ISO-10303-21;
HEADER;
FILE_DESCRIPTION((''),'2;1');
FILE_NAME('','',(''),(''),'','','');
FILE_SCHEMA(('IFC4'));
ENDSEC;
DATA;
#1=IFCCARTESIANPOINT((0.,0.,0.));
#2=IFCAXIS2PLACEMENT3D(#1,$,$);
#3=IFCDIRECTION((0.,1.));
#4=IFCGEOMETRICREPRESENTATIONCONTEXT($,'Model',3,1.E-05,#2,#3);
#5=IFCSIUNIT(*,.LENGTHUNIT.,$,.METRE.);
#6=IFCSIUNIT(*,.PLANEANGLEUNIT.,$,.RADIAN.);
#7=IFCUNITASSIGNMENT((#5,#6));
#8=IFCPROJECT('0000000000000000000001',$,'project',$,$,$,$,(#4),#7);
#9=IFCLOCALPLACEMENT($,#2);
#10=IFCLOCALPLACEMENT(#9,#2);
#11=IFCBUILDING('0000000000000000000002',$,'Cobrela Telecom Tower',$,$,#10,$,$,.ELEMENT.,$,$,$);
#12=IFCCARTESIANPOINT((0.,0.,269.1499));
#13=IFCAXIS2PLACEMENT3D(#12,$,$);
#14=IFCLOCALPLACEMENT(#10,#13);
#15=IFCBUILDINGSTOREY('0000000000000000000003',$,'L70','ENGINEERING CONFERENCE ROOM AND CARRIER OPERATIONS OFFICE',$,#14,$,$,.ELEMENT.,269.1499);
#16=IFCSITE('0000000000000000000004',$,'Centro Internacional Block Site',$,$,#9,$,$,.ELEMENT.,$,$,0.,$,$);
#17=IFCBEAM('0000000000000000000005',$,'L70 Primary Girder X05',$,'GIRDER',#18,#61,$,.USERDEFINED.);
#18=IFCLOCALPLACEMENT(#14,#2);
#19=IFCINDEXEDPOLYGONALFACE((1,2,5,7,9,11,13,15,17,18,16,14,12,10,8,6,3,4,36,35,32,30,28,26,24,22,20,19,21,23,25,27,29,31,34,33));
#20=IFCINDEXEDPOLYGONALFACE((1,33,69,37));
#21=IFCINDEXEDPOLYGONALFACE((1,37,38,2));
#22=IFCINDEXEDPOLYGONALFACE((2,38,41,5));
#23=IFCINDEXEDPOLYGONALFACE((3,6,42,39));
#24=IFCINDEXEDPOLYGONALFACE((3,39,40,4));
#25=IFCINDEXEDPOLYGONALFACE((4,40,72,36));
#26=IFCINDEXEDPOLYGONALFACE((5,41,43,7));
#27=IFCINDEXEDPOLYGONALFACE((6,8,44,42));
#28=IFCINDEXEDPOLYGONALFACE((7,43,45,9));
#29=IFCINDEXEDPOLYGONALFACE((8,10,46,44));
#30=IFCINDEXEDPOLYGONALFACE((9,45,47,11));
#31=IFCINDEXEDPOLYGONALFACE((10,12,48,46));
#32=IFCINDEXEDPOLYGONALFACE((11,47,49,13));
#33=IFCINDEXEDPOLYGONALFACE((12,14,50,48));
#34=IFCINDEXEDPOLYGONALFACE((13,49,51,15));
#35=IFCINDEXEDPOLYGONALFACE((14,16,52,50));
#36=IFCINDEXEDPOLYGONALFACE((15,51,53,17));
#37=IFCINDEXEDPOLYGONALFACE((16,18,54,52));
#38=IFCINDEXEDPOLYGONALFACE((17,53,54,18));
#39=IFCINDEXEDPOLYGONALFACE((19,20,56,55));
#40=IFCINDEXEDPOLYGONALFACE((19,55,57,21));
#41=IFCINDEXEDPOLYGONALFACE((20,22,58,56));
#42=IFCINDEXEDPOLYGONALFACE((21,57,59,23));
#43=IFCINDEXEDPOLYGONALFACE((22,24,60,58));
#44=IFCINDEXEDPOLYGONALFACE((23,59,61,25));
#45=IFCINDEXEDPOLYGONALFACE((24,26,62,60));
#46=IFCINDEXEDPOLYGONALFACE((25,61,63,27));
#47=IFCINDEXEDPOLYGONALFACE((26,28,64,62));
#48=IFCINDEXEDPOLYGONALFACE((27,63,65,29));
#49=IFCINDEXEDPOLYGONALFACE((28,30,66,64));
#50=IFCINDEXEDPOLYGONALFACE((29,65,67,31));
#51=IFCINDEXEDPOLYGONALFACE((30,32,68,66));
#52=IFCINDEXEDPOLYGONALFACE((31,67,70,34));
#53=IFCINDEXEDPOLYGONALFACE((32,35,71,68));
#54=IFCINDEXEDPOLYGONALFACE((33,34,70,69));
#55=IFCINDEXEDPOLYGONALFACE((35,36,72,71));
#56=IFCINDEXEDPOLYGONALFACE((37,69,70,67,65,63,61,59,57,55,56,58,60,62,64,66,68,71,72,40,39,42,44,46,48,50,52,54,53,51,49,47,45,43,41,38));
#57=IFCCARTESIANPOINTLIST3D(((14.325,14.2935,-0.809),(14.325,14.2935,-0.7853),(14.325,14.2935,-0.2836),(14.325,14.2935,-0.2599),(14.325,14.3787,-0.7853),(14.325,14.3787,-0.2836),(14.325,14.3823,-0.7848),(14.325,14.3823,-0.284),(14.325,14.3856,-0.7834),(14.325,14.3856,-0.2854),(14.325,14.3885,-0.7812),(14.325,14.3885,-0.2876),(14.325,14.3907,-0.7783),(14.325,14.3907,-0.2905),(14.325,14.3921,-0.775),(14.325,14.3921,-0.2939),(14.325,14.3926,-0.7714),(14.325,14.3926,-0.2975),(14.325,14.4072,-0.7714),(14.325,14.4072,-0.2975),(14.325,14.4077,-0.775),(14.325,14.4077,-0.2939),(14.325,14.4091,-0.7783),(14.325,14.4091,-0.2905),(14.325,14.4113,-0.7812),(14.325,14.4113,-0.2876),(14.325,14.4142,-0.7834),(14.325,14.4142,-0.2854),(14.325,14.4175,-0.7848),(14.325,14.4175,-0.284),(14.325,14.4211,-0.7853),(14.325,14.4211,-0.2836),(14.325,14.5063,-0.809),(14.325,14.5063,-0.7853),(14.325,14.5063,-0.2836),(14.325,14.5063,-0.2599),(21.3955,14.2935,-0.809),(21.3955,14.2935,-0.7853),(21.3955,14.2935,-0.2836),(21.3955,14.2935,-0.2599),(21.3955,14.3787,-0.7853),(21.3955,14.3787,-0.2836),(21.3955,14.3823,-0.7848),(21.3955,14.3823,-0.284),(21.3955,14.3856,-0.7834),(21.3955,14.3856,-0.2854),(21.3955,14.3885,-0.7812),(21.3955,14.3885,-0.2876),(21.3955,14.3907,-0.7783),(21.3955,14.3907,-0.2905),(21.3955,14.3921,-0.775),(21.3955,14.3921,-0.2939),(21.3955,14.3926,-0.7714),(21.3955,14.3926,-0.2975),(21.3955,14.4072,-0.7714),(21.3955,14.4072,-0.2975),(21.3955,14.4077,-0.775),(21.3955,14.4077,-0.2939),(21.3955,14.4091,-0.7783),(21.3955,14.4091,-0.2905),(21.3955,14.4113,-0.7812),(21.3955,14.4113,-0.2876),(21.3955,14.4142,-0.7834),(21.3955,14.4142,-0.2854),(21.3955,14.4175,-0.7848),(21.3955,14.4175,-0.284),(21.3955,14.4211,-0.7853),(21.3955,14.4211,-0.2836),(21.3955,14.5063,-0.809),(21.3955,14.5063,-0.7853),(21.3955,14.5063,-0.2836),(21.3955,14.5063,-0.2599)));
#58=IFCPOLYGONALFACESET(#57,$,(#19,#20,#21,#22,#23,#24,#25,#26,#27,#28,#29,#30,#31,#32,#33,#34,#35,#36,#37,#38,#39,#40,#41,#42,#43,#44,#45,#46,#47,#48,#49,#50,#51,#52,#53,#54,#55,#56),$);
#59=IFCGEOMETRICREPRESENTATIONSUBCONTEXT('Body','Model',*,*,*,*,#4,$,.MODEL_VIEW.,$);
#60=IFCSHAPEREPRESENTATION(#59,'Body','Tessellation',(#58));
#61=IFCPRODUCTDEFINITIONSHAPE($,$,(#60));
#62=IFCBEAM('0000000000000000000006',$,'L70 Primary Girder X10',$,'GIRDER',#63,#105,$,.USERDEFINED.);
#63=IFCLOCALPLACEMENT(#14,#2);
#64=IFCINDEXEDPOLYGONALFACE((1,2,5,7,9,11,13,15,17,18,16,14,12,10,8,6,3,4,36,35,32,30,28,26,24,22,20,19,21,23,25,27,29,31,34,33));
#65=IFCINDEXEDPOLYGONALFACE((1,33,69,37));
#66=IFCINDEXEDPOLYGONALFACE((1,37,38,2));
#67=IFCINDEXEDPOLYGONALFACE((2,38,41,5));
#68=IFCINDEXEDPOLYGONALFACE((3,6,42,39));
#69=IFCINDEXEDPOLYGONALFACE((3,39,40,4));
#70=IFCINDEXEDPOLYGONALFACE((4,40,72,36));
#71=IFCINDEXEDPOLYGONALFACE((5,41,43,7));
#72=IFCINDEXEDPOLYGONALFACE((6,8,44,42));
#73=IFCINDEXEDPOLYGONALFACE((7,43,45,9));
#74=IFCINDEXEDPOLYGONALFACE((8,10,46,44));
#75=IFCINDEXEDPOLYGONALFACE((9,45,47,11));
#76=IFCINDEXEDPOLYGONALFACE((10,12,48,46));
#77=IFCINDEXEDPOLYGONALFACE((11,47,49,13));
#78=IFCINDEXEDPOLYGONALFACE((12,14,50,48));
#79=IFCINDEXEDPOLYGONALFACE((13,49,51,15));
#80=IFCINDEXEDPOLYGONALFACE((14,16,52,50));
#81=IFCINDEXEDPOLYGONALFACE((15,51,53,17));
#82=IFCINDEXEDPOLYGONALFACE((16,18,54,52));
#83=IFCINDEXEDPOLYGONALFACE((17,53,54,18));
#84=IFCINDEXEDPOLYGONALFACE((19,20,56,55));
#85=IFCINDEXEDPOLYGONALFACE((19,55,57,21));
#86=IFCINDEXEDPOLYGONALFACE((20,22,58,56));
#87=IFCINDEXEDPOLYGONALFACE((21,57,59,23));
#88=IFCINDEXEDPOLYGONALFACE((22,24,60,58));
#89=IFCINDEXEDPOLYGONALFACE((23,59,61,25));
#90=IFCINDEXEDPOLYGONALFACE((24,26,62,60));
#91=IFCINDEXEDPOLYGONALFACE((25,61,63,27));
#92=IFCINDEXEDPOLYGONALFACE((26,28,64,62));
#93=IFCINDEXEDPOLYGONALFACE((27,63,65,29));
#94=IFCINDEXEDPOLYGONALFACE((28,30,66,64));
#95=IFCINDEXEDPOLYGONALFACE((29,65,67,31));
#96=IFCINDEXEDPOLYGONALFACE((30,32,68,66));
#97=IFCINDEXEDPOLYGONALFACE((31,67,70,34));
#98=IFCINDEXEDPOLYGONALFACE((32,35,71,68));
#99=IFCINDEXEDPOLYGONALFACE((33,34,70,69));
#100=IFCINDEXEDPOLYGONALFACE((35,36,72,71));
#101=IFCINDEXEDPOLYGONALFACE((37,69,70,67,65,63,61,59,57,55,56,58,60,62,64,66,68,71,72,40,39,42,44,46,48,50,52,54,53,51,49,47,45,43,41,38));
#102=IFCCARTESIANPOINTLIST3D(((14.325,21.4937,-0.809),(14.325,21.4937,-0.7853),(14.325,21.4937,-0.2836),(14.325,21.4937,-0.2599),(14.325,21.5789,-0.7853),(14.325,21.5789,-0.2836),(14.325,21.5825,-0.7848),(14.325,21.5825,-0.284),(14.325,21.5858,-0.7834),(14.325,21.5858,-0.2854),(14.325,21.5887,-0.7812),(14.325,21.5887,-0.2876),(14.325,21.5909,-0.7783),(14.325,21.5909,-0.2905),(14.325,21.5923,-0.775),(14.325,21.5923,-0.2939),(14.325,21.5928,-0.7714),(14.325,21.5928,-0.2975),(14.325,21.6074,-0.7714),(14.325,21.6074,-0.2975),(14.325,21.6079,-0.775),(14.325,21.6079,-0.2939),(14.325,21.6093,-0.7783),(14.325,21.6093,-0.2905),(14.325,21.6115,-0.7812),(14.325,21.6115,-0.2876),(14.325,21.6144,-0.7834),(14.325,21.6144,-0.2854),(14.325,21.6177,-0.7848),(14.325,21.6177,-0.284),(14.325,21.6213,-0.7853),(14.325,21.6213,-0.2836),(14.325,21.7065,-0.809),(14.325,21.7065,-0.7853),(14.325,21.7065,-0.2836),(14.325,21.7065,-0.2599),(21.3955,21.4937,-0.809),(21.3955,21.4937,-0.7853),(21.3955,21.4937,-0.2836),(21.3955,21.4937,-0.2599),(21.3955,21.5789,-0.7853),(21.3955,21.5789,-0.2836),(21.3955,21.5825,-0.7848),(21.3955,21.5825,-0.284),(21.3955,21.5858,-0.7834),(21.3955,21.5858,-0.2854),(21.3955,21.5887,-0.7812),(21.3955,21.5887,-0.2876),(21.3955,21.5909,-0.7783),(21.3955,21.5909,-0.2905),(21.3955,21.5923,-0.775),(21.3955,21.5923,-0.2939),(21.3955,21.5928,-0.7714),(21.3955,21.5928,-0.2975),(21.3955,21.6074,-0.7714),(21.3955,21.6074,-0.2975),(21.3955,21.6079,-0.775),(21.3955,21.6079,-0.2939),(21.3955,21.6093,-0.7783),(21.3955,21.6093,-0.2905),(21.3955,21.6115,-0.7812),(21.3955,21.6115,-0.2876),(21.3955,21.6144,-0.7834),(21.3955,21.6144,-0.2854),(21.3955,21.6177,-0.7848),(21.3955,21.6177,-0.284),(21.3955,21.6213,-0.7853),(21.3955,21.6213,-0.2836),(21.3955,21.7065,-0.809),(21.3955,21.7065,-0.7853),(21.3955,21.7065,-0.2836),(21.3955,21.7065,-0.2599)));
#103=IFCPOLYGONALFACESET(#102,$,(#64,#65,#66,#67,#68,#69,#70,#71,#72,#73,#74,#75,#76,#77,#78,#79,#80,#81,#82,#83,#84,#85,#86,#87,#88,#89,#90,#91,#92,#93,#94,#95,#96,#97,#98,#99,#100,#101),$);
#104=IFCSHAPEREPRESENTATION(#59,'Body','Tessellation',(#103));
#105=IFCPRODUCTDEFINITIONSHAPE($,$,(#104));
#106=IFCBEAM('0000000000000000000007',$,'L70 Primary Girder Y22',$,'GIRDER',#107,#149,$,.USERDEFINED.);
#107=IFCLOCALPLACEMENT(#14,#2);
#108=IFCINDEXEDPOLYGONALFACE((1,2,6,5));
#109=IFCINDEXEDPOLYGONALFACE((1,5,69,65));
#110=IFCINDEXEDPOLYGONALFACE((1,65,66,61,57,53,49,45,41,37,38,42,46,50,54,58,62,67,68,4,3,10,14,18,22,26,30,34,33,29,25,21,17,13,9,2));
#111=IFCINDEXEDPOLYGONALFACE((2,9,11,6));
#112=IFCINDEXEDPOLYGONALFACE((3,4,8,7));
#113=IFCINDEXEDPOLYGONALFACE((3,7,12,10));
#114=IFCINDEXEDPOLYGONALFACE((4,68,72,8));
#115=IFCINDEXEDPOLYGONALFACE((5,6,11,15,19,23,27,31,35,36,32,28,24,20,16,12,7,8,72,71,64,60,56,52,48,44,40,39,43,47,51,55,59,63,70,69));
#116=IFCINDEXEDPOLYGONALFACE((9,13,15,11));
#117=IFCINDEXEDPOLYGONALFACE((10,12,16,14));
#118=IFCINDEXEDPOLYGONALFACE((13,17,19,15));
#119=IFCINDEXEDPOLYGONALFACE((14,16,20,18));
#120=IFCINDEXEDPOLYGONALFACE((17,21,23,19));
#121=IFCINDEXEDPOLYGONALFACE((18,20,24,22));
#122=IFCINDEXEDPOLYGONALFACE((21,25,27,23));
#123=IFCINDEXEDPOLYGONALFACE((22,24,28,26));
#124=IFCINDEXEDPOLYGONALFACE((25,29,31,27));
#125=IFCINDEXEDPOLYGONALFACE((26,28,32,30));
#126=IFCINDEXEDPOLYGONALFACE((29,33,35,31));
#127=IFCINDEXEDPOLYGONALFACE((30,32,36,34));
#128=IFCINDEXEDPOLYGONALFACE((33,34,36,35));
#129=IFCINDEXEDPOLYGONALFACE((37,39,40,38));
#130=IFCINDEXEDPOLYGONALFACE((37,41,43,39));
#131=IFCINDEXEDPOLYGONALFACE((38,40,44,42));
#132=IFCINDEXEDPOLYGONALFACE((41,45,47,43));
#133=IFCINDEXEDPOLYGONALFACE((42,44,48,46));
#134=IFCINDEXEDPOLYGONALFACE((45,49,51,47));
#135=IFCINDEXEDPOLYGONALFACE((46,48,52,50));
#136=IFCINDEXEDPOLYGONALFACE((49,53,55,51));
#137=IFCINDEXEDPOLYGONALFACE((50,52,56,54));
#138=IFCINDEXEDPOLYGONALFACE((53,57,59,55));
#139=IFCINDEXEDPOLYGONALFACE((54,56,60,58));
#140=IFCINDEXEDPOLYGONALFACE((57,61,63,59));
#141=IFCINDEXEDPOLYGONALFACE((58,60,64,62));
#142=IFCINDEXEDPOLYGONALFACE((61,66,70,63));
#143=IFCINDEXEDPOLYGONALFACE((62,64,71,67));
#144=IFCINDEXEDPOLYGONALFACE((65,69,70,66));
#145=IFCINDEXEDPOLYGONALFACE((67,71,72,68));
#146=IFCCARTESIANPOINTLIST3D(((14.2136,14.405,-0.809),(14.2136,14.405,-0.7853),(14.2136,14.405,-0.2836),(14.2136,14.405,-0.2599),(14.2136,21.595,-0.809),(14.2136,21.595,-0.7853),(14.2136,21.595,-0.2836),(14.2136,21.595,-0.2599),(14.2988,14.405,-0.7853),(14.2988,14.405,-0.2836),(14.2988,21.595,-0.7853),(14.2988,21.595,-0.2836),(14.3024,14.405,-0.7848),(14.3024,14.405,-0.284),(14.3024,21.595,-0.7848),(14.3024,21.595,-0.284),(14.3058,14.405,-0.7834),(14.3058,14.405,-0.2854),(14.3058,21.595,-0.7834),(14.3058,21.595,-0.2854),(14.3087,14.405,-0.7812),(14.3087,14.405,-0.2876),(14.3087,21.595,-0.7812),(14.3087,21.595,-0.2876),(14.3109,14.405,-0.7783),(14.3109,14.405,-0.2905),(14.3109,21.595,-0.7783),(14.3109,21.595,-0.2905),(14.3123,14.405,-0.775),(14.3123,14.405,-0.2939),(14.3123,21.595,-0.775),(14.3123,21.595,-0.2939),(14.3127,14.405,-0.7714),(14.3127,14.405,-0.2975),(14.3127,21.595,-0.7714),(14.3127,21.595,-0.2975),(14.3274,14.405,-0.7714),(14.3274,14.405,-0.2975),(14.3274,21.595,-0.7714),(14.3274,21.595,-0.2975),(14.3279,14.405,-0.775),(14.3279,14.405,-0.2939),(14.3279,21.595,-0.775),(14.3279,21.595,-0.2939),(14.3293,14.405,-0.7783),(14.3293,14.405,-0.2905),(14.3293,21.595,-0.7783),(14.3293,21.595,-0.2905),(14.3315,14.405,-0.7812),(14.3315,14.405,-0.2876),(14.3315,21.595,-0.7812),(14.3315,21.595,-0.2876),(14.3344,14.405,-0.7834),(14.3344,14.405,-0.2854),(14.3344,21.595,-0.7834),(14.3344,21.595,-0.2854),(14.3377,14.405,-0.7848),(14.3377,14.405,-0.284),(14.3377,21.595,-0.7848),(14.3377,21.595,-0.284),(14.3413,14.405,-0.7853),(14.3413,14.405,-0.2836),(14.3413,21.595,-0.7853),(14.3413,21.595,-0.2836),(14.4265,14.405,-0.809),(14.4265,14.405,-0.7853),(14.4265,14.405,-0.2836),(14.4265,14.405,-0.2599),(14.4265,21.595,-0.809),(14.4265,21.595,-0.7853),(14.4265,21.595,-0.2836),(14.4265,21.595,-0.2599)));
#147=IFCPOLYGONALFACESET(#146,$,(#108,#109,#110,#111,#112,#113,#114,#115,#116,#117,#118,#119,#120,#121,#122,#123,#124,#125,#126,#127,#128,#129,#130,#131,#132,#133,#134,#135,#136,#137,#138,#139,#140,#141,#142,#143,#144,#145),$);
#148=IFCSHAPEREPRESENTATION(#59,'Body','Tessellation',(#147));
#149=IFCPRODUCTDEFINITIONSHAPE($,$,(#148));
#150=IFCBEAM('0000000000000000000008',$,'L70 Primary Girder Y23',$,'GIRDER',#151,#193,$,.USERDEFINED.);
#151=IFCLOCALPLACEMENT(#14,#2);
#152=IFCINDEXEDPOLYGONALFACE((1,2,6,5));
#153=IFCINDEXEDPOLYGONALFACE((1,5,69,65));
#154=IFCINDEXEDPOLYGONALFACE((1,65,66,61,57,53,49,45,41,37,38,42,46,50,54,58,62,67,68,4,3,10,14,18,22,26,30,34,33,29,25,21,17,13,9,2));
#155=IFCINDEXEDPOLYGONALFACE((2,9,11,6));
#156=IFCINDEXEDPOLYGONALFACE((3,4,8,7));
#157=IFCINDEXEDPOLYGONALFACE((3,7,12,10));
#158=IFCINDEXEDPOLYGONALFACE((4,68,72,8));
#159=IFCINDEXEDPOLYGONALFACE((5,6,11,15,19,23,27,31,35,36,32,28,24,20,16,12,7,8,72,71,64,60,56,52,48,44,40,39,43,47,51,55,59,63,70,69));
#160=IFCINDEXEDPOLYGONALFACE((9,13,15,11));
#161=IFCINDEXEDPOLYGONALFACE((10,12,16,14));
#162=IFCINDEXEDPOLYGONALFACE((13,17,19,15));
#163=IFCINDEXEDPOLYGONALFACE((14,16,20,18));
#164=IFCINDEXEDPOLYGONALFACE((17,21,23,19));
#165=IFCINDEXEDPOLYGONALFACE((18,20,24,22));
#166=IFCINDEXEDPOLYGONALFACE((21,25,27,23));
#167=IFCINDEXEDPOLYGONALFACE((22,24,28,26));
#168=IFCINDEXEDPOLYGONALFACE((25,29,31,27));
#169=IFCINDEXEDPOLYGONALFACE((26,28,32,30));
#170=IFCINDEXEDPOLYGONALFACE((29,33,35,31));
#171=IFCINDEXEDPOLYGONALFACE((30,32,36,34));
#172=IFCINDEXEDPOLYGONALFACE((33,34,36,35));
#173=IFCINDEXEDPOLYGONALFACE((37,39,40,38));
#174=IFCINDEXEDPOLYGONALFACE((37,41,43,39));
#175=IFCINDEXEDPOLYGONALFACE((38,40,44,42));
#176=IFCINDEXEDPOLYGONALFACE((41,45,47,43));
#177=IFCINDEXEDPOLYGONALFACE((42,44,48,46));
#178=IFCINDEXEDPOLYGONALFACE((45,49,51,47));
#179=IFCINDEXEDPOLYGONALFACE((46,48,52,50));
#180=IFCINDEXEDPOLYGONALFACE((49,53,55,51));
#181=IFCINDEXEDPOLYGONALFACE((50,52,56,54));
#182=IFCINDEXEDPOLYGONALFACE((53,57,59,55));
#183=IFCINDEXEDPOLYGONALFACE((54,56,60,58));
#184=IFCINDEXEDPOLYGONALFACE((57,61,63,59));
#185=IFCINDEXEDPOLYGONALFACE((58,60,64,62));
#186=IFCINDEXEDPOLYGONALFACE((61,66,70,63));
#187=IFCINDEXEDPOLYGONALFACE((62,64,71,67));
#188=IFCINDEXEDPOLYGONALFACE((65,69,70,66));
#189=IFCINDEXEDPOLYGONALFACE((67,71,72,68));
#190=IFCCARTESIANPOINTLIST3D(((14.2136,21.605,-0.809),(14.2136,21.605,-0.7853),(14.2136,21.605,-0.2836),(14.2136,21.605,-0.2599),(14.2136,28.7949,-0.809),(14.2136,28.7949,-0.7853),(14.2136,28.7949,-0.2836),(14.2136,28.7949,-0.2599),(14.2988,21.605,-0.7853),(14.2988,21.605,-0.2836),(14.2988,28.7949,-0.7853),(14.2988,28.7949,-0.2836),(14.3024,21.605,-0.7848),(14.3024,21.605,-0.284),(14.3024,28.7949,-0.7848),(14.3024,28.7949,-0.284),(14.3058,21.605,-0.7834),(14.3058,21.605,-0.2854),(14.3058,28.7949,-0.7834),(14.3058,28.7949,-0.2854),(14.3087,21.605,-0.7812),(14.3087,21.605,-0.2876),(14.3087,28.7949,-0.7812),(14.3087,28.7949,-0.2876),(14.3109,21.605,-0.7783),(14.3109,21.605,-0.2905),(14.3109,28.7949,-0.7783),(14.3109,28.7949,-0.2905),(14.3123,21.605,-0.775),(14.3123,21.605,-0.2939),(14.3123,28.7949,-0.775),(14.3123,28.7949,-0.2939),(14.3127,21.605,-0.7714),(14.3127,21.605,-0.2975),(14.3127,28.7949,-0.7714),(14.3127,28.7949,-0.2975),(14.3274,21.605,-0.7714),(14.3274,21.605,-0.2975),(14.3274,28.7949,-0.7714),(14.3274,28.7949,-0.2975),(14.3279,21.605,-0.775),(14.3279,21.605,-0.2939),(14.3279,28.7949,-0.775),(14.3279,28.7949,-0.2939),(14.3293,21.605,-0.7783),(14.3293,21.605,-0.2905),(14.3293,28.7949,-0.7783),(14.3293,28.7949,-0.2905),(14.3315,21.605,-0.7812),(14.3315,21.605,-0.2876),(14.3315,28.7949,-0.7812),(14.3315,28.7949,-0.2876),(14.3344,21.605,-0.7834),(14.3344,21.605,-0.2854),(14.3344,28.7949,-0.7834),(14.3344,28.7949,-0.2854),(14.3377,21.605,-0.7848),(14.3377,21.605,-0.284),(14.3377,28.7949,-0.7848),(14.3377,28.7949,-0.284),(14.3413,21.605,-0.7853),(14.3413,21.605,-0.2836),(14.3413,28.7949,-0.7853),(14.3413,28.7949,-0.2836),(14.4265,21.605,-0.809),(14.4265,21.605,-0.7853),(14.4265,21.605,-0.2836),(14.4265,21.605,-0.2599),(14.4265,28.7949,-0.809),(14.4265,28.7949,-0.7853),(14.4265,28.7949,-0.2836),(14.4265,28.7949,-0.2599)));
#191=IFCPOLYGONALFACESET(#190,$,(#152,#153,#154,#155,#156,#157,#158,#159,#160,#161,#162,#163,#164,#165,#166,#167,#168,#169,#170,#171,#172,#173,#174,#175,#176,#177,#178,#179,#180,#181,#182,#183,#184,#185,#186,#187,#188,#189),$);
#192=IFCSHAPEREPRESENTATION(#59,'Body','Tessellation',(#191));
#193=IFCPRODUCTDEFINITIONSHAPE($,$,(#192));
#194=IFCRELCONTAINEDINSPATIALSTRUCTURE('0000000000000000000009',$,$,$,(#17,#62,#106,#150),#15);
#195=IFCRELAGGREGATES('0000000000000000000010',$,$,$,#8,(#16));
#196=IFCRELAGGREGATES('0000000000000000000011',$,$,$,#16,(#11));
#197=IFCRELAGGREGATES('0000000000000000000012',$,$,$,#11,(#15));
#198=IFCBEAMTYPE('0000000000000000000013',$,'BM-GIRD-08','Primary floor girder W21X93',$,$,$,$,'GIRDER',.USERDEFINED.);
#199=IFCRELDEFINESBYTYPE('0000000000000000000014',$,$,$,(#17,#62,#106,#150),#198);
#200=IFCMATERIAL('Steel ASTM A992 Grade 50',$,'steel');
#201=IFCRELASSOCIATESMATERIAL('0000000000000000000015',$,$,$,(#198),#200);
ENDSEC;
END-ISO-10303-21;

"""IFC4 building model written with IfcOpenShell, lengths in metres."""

from ifc_helpers import new_model, si_unit, direction, frame, origin, origin_2d, place, context, subcontext, project, spatial, i_section, extrude, material, material_profile, profile_set, type_object, element, save


model = new_model("IFC4")

# Units and contexts
model_context = context("Model", 3, precision=1e-05, world=origin(), true_north=direction((0.0, 1.0)))
body_context = subcontext(model_context, "Body", "Model", "MODEL_VIEW")
ifc_project = project(units=[si_unit("LENGTHUNIT", "METRE"), si_unit("PLANEANGLEUNIT", "RADIAN")], contexts=[model_context])

# Site, building, storey
site_placement = place(None, origin())
site = spatial("IfcSite", under=ifc_project, at=site_placement, Name="Centro Internacional Block Site", CompositionType="ELEMENT", RefElevation=0.0)
building_placement = place(site_placement, origin())
building = spatial("IfcBuilding", under=site, at=building_placement, Name="Cobrela Telecom Tower", CompositionType="ELEMENT")
storey_placement = place(building_placement, frame((0.0, 0.0, 269.1499)))
storey = spatial("IfcBuildingStorey", under=building, at=storey_placement, Name="L70", Description="ENGINEERING CONFERENCE ROOM AND CARRIER OPERATIONS OFFICE", CompositionType="ELEMENT", Elevation=269.1499)

# Beams
ifc_material_1 = material(Name="Steel ASTM A992 Grade 50", Category="steel")
ifc_material_profile_1 = material_profile(ifc_material_1, i_section(OverallWidth=0.2129, OverallDepth=0.5491, WebThickness=0.0146, FlangeThickness=0.0237, FilletRadius=0.0139, at=origin_2d()), Name="W21X93")
ifc_profile_set_1 = profile_set([ifc_material_profile_1], Name="Steel ASTM A992 Grade 50")
beam_type_1 = type_object("IfcBeamType", Name="BM-GIRD-08", Description="Primary floor girder W21X93", ElementType="GIRDER", PredefinedType="USERDEFINED", material=ifc_profile_set_1)
for number, where, z_axis, x_axis, name in (
    (1, (14.325, 14.3999, -0.5344), (1.0, 0.0, 0.0), (0.0, 1.0, 0.0), "L70 Primary Girder X05"),
    (2, (14.325, 21.6001, -0.5344), (1.0, 0.0, 0.0), (0.0, 1.0, 0.0), "L70 Primary Girder X10"),
):
    element("IfcBeam", number, at=place(storey_placement, frame(where, z_axis=z_axis, x_axis=x_axis)), inside=storey, type_object=beam_type_1, Name=name, ObjectType="GIRDER", PredefinedType="USERDEFINED", context=body_context, shape_type="SweptSolid", body=[
        extrude(i_section(OverallWidth=0.2129, OverallDepth=0.5491, WebThickness=0.0146, FlangeThickness=0.0237, FilletRadius=0.0139, at=origin_2d()), origin(), (0.0, 0.0, 1.0), 7.0706),
    ])
for number, where, z_axis, x_axis, name in (
    (3, (14.3201, 14.405, -0.5344), (0.0, 1.0, 0.0), (-1.0, 0.0, 0.0), "L70 Primary Girder Y22"),
    (4, (14.3201, 21.605, -0.5344), (0.0, 1.0, 0.0), (-1.0, 0.0, 0.0), "L70 Primary Girder Y23"),
):
    element("IfcBeam", number, at=place(storey_placement, frame(where, z_axis=z_axis, x_axis=x_axis)), inside=storey, type_object=beam_type_1, Name=name, ObjectType="GIRDER", PredefinedType="USERDEFINED", context=body_context, shape_type="SweptSolid", body=[
        extrude(i_section(OverallWidth=0.2129, OverallDepth=0.5491, WebThickness=0.0146, FlangeThickness=0.0237, FilletRadius=0.0139, at=origin_2d()), origin(), (0.0, 0.0, 1.0), 7.1899),
    ])

save(model, "model.ifc")
